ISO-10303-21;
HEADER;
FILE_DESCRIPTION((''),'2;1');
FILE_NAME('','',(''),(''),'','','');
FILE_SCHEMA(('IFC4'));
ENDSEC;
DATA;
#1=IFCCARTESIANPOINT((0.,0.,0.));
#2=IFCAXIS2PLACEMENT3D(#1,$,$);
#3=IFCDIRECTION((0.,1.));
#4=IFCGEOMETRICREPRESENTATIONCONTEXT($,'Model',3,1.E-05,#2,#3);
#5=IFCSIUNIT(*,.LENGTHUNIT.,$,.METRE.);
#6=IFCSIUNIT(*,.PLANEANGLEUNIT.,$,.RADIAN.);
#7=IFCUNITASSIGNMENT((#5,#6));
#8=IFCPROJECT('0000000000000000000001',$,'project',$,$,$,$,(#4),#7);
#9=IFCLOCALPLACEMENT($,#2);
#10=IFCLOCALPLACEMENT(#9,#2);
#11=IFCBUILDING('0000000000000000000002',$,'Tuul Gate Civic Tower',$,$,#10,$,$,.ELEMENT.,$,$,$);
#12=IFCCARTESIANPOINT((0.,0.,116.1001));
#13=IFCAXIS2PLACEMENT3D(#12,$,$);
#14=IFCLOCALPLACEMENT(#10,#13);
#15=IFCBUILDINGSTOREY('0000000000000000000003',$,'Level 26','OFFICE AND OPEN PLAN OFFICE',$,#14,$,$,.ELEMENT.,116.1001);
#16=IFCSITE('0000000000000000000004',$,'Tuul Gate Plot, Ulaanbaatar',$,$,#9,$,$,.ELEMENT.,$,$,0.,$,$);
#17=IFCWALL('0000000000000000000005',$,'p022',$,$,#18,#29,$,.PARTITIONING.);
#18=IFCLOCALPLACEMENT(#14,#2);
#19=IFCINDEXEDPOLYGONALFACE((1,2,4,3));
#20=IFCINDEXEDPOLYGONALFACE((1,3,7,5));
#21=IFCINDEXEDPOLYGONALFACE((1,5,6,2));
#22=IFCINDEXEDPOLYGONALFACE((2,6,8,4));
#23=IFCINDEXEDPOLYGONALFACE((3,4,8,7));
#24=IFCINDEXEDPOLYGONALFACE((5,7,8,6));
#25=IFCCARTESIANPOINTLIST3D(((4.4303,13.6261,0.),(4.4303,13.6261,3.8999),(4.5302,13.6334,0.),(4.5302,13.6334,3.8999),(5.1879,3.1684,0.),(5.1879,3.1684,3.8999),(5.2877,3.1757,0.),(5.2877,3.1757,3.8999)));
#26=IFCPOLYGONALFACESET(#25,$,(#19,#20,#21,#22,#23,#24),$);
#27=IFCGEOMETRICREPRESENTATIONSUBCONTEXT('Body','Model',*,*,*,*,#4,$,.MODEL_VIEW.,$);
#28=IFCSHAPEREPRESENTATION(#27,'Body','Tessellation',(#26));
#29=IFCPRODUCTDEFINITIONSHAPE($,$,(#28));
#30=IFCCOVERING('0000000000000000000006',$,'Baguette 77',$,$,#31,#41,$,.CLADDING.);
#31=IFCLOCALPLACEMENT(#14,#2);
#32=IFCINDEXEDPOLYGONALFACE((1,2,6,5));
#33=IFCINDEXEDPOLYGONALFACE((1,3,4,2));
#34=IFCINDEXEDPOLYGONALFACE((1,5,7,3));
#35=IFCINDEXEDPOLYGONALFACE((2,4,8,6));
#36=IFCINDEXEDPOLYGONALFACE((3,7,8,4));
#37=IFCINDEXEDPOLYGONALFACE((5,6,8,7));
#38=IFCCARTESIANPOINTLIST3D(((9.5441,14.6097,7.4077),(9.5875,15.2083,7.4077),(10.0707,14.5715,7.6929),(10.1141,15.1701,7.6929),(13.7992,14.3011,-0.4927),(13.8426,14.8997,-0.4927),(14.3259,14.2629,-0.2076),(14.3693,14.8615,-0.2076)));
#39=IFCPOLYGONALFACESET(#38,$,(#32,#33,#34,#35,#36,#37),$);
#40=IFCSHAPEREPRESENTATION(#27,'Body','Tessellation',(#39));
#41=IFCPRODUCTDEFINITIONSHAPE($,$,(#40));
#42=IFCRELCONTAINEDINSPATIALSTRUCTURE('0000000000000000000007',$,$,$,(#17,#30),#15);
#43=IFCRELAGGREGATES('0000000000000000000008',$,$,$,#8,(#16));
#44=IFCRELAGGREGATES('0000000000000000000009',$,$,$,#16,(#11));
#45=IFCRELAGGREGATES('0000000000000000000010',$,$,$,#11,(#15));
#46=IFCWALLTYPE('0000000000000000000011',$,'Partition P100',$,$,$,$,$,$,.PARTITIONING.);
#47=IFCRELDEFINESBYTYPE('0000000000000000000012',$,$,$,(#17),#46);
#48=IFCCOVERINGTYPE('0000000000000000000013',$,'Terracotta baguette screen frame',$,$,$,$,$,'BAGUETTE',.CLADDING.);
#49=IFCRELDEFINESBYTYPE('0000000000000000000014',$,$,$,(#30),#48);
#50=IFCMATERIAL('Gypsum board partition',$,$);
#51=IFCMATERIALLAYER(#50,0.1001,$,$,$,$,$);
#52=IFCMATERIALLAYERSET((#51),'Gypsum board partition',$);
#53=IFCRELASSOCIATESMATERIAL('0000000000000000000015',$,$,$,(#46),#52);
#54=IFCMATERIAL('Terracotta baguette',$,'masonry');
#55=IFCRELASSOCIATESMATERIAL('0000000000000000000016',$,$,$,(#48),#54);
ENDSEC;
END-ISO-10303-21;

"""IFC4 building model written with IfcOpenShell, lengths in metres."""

from ifc_helpers import new_model, si_unit, direction, frame, frame_2d, origin, origin_2d, place, context, subcontext, project, spatial, rectangle, extrude, material, layer, layer_set, material_profile, profile_set, type_object, element, save


model = new_model("IFC4")

# Units and contexts
model_context = context("Model", 3, precision=1e-05, world=origin(), true_north=direction((0.0, 1.0)))
body_context = subcontext(model_context, "Body", "Model", "MODEL_VIEW")
ifc_project = project(units=[si_unit("LENGTHUNIT", "METRE"), si_unit("PLANEANGLEUNIT", "RADIAN")], contexts=[model_context])

# Site, building, storey
site_placement = place(None, origin())
site = spatial("IfcSite", under=ifc_project, at=site_placement, Name="Tuul Gate Plot, Ulaanbaatar", CompositionType="ELEMENT", RefElevation=0.0)
building_placement = place(site_placement, origin())
building = spatial("IfcBuilding", under=site, at=building_placement, Name="Tuul Gate Civic Tower", CompositionType="ELEMENT")
storey_placement = place(building_placement, frame((0.0, 0.0, 116.1001)))
storey = spatial("IfcBuildingStorey", under=building, at=storey_placement, Name="Level 26", Description="OFFICE AND OPEN PLAN OFFICE", CompositionType="ELEMENT", Elevation=116.1001)

# Wall
ifc_material_1 = material(Name="Gypsum board partition")
ifc_layer_1 = layer(ifc_material_1, 0.1001)
ifc_layer_set_1 = layer_set([ifc_layer_1], Name="Gypsum board partition")
wall_type_1 = type_object("IfcWallType", Name="Partition P100", PredefinedType="PARTITIONING", material=ifc_layer_set_1)
wall_1_placement = place(storey_placement, frame((4.4802, 13.6299, 0.0), z_axis=(0.0, 0.0, 1.0), x_axis=(0.072251, -0.997386, 0.0)))
element("IfcWall", 1, at=wall_1_placement, inside=storey, type_object=wall_type_1, Name="p022", PredefinedType="PARTITIONING", context=body_context, shape_type="SweptSolid", body=[
    extrude(rectangle(XDim=10.4851, YDim=0.1001, at=frame_2d((5.2427, 0.0))), origin(), (0.0, 0.0, 1.0), 3.8999),
])

# Covering
ifc_material_2 = material(Name="Terracotta baguette", Category="masonry")
ifc_material_profile_1 = material_profile(ifc_material_2, rectangle(XDim=0.6001, YDim=0.6001, at=origin_2d()), Name="Terracotta baguette screen frame")
ifc_profile_set_1 = profile_set([ifc_material_profile_1], Name="Terracotta baguette")
covering_type = type_object("IfcCoveringType", Name="Terracotta baguette screen frame", ElementType="BAGUETTE", PredefinedType="CLADDING", material=ifc_profile_set_1)
covering_placement = place(storey_placement, frame((9.8291, 14.8899, 7.5503), z_axis=(0.473912, -0.034369, -0.879901), x_axis=(0.072333, 0.997381, 0.0)))
element("IfcCovering", 2, at=covering_placement, inside=storey, type_object=covering_type, Name="Baguette 77", PredefinedType="CLADDING", context=body_context, shape_type="SweptSolid", body=[
    extrude(rectangle(XDim=0.6001, YDim=0.6001, at=origin_2d()), origin(), (0.0, 0.0, 1.0), 8.9788),
])

save(model, "model.ifc")
